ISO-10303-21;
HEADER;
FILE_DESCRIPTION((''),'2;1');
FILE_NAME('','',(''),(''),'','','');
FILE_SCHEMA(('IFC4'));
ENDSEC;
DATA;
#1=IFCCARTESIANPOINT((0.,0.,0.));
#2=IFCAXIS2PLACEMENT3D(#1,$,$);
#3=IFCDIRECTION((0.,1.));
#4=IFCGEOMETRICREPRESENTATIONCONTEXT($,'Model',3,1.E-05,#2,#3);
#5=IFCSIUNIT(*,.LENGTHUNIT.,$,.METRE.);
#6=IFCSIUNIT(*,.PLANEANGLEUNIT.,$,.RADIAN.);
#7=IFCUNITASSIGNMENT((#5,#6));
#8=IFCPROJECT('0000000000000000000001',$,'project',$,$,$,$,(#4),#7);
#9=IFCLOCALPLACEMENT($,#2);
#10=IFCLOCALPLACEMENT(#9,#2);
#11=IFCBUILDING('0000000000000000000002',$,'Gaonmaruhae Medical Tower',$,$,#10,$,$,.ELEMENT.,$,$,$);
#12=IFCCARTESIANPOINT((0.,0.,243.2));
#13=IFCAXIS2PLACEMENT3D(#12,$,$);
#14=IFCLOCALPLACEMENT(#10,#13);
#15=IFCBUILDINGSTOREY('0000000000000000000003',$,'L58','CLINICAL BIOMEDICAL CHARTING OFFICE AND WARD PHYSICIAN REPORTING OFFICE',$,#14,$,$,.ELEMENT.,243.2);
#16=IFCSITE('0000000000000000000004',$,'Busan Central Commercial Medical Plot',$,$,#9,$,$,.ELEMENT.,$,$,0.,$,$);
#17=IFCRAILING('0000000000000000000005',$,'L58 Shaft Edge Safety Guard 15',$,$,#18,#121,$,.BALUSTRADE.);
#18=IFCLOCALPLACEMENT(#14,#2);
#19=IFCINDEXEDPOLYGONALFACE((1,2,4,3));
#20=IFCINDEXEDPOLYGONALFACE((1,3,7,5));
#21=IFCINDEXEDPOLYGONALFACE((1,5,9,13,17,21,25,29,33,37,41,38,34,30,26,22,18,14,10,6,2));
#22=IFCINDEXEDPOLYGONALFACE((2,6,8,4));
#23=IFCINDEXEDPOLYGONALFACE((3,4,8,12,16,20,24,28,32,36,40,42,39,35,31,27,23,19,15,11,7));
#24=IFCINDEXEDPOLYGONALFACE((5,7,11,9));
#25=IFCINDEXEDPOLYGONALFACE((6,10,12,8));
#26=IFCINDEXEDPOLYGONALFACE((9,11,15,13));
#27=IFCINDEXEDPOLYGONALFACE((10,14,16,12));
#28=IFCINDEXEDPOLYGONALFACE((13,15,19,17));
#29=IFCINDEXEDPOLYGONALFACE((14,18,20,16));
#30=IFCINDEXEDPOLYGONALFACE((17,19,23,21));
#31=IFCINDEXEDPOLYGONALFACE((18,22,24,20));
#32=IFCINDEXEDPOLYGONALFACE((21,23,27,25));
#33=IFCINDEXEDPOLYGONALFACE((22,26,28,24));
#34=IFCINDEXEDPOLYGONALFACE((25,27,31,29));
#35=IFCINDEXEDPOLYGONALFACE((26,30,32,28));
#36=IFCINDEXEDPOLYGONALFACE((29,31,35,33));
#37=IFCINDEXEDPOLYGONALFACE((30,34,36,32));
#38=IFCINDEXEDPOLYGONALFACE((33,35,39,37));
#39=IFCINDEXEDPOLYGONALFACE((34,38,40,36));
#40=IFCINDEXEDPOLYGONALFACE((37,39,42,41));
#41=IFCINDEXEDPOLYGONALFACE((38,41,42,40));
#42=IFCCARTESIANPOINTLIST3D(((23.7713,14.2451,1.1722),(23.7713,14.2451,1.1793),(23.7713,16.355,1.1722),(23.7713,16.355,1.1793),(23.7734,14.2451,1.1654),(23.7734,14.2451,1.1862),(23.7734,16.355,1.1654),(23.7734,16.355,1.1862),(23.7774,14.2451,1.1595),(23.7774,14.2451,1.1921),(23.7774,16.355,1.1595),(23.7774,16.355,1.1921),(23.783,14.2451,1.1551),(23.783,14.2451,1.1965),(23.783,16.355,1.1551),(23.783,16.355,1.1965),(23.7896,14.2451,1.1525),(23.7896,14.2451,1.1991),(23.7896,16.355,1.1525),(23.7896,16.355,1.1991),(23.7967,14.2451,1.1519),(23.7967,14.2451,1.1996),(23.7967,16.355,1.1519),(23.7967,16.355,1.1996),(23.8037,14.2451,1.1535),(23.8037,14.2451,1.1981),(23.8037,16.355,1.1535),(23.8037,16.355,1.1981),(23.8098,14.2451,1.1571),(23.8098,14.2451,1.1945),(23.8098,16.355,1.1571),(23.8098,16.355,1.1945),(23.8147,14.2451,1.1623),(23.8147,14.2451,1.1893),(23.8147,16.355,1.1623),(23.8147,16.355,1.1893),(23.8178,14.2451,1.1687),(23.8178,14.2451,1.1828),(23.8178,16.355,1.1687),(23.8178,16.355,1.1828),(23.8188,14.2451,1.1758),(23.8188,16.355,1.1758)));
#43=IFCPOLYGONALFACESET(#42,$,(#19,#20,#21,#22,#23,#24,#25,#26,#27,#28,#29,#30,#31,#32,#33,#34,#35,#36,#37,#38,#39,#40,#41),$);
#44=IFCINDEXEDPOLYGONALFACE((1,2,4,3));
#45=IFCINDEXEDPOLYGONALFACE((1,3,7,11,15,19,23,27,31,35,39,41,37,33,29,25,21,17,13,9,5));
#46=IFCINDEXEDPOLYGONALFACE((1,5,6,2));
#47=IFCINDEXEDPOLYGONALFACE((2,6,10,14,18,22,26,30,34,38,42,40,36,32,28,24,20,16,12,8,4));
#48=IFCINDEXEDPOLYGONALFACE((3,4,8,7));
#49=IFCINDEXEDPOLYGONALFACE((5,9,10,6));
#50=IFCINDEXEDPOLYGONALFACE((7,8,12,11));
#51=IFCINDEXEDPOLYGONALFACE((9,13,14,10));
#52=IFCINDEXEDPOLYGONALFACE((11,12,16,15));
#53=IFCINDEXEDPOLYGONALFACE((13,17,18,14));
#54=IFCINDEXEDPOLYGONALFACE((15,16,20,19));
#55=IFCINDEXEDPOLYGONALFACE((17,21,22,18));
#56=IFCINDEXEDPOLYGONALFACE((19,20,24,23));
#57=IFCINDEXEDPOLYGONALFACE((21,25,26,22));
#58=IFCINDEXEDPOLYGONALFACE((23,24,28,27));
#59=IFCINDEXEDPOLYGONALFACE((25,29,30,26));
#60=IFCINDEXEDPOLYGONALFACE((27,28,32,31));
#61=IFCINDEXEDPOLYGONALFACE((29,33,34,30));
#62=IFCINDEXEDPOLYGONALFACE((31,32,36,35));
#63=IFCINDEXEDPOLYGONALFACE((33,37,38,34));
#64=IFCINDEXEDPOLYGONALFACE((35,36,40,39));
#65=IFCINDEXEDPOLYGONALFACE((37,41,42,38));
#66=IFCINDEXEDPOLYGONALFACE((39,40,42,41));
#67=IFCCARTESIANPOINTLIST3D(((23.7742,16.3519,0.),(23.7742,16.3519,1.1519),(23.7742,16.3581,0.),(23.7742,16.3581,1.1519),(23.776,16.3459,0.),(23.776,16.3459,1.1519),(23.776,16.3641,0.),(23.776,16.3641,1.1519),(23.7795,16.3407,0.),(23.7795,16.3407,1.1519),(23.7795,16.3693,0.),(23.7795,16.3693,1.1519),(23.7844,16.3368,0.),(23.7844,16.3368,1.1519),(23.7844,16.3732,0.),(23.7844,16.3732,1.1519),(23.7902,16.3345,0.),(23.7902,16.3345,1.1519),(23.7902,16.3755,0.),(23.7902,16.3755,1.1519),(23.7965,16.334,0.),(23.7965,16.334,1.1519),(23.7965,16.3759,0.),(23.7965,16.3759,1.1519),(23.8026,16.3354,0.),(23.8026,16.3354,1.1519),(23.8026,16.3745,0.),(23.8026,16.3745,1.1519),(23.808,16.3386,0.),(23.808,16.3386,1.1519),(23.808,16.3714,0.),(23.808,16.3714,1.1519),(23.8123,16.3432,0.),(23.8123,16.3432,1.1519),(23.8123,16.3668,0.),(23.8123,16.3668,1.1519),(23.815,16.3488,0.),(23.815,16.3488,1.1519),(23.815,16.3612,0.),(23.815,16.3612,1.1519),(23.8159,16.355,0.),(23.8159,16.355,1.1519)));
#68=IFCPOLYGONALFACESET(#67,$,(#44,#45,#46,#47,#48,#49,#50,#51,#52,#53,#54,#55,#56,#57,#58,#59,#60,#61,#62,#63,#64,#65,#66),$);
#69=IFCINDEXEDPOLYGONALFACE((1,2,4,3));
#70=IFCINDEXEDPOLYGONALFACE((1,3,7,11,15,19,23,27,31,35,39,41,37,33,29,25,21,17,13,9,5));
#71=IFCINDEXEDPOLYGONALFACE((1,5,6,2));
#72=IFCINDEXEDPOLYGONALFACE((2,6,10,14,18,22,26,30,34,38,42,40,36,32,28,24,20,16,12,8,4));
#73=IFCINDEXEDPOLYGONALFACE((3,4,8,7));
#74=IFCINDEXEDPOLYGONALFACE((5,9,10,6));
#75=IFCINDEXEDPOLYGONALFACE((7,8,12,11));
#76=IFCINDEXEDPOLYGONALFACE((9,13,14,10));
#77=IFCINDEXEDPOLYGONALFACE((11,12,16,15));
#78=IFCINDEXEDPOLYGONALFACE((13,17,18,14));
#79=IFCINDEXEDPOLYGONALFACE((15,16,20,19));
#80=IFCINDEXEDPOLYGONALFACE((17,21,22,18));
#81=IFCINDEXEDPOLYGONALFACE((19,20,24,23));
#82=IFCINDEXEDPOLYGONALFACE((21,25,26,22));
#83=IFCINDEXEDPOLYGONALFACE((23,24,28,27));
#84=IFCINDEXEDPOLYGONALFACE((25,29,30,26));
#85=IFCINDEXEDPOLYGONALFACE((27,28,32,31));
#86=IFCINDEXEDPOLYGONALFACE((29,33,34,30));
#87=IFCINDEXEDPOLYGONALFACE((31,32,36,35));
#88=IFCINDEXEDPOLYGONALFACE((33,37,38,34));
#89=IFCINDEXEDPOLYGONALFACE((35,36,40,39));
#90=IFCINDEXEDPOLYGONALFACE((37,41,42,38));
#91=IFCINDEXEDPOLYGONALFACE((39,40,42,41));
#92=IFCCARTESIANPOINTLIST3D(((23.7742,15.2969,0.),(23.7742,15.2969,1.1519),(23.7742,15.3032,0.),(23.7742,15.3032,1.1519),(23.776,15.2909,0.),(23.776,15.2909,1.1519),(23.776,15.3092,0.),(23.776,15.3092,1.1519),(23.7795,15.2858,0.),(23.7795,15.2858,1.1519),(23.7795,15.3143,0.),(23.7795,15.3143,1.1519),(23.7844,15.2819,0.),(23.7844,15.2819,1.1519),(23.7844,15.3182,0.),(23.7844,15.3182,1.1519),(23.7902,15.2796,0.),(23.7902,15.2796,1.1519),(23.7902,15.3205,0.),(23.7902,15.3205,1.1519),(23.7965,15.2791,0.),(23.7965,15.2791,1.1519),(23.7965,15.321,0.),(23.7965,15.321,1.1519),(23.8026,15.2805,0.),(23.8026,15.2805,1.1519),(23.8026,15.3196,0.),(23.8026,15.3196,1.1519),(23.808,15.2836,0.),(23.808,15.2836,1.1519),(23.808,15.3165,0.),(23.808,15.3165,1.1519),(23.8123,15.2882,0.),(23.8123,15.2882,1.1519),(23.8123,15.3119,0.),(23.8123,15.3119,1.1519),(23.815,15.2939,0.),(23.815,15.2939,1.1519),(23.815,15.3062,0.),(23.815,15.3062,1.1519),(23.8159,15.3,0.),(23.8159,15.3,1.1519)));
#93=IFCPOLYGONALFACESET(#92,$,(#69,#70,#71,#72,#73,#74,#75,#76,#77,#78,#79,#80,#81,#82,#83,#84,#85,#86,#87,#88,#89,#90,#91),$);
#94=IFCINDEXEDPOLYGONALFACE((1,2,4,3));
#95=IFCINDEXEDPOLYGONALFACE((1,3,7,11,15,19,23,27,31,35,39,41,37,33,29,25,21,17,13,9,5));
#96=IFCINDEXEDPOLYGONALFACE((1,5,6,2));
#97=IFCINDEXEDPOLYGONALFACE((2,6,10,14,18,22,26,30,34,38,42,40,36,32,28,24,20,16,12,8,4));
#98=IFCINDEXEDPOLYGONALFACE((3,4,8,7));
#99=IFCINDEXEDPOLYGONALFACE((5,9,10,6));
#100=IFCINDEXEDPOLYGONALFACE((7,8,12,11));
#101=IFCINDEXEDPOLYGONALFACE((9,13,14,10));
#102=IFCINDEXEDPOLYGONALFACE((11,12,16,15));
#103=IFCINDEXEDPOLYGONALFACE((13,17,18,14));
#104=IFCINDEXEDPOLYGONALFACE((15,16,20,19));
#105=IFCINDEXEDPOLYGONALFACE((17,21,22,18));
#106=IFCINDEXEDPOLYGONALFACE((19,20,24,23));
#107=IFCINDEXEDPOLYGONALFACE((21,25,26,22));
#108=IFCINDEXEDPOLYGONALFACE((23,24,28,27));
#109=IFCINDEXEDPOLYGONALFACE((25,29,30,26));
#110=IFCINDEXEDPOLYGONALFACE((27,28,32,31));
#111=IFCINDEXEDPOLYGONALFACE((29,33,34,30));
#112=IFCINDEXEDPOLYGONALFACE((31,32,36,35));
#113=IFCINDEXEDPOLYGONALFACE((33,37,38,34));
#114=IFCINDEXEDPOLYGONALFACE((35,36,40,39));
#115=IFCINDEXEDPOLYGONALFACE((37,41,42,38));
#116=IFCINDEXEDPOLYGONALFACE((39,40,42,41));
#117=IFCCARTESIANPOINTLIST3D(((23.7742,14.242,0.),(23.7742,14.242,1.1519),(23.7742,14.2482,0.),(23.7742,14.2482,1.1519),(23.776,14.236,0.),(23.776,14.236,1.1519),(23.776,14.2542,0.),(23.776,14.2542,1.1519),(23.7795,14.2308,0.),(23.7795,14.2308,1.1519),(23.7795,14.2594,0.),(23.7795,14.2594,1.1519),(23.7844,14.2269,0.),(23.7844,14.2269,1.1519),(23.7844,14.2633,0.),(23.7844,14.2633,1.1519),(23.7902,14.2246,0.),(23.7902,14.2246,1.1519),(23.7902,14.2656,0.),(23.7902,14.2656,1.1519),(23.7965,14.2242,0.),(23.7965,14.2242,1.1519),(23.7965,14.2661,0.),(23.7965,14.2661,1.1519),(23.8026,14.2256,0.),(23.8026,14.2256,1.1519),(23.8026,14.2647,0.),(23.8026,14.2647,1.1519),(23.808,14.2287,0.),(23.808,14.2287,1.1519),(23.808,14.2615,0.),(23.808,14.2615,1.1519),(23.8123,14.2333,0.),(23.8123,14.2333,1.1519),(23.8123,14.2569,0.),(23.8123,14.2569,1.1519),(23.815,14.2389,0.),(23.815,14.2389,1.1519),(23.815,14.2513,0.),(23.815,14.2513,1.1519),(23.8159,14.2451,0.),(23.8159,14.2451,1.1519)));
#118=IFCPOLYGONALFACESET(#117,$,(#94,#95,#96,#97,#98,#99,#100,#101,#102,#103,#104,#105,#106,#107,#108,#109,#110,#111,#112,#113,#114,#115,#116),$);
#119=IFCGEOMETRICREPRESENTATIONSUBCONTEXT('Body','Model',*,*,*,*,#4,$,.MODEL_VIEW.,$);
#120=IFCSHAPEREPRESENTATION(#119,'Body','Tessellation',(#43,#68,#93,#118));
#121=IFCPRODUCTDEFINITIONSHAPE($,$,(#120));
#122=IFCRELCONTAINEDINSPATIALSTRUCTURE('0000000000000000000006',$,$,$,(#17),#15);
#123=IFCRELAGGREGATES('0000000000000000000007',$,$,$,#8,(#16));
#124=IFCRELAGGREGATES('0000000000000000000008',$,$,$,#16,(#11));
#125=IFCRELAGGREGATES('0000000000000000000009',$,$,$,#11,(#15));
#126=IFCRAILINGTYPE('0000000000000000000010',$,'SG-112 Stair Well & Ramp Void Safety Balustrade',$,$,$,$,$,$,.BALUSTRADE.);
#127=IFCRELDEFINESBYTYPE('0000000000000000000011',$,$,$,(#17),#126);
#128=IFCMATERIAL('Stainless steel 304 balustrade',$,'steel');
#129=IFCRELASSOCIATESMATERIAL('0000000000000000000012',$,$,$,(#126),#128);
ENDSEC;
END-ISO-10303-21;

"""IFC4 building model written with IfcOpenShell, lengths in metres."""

from ifc_helpers import new_model, si_unit, direction, frame, origin, origin_2d, place, context, subcontext, project, spatial, circle, extrude, material, type_object, element, save


model = new_model("IFC4")

# Units and contexts
model_context = context("Model", 3, precision=1e-05, world=origin(), true_north=direction((0.0, 1.0)))
body_context = subcontext(model_context, "Body", "Model", "MODEL_VIEW")
ifc_project = project(units=[si_unit("LENGTHUNIT", "METRE"), si_unit("PLANEANGLEUNIT", "RADIAN")], contexts=[model_context])

# Site, building, storey
site_placement = place(None, origin())
site = spatial("IfcSite", under=ifc_project, at=site_placement, Name="Busan Central Commercial Medical Plot", CompositionType="ELEMENT", RefElevation=0.0)
building_placement = place(site_placement, origin())
building = spatial("IfcBuilding", under=site, at=building_placement, Name="Gaonmaruhae Medical Tower", CompositionType="ELEMENT")
storey_placement = place(building_placement, frame((0.0, 0.0, 243.2)))
storey = spatial("IfcBuildingStorey", under=building, at=storey_placement, Name="L58", Description="CLINICAL BIOMEDICAL CHARTING OFFICE AND WARD PHYSICIAN REPORTING OFFICE", CompositionType="ELEMENT", Elevation=243.2)

# Railing
ifc_material_1 = material(Name="Stainless steel 304 balustrade", Category="steel")
railing_type_1 = type_object("IfcRailingType", Name="SG-112 Stair Well & Ramp Void Safety Balustrade", PredefinedType="BALUSTRADE", material=ifc_material_1)
railing_1_placement = place(storey_placement, frame((23.7949, 16.355, 0.0)))
element("IfcRailing", 1, at=railing_1_placement, inside=storey, type_object=railing_type_1, Name="L58 Shaft Edge Safety Guard 15", PredefinedType="BALUSTRADE", context=body_context, shape_type="SweptSolid", body=[
    extrude(circle(Radius=0.0239, at=origin_2d()), frame((0.0, 0.0, 1.1758), z_axis=(0.0, -1.0, 0.0), x_axis=(1.0, 0.0, 0.0)), (0.0, 0.0, 1.0), 2.1099),
    extrude(circle(Radius=0.021, at=origin_2d()), origin(), (0.0, 0.0, 1.0), 1.1519),
    extrude(circle(Radius=0.021, at=origin_2d()), frame((0.0, -1.0549, 0.0)), (0.0, 0.0, 1.0), 1.1519),
    extrude(circle(Radius=0.021, at=origin_2d()), frame((0.0, -2.1099, 0.0)), (0.0, 0.0, 1.0), 1.1519),
])

save(model, "model.ifc")
